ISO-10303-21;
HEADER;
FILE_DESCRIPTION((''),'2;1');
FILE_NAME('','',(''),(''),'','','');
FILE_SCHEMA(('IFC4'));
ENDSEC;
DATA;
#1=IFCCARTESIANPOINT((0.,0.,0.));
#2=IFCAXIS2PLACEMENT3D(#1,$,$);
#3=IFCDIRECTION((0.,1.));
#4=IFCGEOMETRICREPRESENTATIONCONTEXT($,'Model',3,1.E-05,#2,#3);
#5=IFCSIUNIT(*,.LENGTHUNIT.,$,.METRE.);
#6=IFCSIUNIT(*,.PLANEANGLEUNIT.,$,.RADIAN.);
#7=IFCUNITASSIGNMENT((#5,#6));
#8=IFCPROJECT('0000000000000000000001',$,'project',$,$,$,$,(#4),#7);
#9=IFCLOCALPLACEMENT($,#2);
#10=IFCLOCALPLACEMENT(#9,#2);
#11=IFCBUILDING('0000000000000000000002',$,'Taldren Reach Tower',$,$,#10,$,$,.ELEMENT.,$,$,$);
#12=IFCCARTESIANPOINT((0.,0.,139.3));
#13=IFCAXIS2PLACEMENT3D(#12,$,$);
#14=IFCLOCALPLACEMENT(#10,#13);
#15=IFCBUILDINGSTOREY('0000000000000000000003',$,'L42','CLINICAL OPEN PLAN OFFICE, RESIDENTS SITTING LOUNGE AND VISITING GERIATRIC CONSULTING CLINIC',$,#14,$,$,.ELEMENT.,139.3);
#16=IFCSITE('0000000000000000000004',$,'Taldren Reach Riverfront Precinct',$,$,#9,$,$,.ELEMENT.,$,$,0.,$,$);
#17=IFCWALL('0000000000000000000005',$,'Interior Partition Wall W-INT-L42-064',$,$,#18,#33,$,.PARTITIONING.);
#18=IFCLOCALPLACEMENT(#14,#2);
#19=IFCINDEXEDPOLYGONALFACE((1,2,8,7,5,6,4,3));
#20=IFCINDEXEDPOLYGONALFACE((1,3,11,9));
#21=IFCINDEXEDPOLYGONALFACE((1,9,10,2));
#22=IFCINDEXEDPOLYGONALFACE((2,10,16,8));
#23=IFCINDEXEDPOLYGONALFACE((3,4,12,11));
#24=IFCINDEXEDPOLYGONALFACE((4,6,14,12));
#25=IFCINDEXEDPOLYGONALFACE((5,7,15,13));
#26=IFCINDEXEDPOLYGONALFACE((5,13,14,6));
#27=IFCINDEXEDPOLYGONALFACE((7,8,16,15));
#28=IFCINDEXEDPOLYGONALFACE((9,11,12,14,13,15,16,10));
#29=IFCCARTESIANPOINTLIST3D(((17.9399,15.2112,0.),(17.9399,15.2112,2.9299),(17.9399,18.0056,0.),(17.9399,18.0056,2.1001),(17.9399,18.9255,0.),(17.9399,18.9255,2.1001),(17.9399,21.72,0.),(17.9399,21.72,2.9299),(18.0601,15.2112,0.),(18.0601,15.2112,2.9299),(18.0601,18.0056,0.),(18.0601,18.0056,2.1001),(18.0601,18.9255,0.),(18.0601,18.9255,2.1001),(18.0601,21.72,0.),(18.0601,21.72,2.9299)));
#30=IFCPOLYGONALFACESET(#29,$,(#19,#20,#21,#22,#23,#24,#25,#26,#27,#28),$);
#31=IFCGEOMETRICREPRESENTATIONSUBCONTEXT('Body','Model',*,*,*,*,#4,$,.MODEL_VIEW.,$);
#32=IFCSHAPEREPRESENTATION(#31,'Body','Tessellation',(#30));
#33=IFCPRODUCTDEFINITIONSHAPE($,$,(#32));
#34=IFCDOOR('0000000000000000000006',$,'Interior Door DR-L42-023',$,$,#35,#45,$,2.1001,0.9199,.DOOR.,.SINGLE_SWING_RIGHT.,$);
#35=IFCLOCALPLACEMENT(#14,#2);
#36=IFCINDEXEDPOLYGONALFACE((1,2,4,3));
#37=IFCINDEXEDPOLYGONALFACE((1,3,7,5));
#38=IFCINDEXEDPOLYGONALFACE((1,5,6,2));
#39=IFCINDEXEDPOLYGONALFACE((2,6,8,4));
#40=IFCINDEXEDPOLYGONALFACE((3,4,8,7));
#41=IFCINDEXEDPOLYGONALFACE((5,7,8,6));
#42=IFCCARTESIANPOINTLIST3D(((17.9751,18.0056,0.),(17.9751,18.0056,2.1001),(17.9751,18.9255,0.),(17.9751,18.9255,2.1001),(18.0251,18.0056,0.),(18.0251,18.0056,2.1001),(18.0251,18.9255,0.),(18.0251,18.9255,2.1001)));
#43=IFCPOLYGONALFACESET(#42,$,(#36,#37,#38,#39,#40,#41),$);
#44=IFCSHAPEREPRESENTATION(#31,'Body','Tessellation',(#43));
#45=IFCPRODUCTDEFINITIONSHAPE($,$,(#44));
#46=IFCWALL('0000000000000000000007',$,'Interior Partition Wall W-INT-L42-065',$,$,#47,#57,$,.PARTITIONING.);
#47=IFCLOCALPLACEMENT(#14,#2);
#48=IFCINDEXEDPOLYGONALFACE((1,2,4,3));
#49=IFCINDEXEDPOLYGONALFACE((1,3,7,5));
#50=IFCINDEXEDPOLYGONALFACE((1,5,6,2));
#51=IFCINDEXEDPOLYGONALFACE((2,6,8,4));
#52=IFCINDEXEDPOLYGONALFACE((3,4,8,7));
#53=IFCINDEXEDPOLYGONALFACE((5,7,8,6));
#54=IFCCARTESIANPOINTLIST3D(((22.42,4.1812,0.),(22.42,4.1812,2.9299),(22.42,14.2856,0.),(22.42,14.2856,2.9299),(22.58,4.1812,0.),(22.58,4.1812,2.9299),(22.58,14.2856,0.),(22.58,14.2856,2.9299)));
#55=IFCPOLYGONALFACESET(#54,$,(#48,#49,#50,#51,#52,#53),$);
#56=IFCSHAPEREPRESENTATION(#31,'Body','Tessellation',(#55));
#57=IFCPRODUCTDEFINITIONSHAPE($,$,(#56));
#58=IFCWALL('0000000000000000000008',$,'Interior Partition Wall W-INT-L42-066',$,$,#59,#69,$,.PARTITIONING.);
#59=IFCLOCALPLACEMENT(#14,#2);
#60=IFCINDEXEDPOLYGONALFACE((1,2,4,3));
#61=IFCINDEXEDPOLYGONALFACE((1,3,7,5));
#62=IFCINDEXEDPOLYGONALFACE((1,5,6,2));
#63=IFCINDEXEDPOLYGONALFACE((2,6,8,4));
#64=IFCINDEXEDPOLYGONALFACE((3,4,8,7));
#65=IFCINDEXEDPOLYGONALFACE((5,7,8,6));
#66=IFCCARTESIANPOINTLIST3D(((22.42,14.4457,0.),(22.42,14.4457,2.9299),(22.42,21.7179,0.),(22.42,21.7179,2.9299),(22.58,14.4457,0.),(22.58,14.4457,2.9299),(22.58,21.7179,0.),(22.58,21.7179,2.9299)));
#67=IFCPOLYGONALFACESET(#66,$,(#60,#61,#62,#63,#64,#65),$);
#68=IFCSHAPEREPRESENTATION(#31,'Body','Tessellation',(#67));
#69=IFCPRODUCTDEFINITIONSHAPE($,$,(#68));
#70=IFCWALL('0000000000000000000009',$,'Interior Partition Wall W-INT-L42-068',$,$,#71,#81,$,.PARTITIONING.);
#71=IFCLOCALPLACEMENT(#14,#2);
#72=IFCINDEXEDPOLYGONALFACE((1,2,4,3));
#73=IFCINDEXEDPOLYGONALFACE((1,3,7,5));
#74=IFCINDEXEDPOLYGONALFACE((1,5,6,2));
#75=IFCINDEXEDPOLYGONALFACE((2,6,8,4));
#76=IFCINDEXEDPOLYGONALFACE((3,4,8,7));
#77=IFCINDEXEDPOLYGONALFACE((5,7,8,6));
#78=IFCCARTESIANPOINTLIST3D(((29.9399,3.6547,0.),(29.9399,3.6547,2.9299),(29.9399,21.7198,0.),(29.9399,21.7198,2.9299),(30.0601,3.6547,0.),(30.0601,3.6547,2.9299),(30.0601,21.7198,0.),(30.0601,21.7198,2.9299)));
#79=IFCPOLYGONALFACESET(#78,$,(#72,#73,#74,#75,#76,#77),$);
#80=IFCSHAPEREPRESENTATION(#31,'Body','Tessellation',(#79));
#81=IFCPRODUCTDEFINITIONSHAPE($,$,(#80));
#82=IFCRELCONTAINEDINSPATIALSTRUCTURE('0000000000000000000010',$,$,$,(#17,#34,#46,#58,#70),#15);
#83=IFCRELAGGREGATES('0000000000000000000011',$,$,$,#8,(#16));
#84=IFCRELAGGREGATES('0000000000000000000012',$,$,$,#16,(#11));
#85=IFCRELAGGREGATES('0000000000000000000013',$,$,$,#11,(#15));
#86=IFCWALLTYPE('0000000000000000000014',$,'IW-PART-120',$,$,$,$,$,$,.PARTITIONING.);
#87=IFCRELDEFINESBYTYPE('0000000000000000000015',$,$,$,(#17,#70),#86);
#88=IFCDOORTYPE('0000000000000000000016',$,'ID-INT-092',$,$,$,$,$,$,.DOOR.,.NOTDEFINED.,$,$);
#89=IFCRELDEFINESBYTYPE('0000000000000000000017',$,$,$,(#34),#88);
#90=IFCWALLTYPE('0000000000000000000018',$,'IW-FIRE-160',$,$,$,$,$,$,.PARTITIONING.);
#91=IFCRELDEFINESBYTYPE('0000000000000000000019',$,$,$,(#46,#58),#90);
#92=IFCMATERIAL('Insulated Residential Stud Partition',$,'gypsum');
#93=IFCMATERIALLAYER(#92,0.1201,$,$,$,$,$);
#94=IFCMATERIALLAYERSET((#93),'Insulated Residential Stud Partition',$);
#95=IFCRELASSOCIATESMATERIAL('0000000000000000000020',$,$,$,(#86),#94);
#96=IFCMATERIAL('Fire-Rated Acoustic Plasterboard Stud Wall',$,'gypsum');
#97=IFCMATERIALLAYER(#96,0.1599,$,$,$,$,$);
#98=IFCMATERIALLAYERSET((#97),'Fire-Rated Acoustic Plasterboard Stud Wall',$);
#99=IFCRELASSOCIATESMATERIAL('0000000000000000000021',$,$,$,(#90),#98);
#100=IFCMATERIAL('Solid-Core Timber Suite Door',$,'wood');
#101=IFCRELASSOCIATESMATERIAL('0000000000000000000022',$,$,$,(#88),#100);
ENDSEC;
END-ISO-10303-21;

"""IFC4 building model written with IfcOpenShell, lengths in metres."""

from ifc_helpers import new_model, si_unit, direction, frame, frame_2d, origin, place, context, subcontext, project, spatial, rectangle, extrude, source, transform, mapped, material, layer, layer_set, type_object, element, fill, save


model = new_model("IFC4")

# Units and contexts
model_context = context("Model", 3, precision=1e-05, world=origin(), true_north=direction((0.0, 1.0)))
body_context = subcontext(model_context, "Body", "Model", "MODEL_VIEW")
ifc_project = project(units=[si_unit("LENGTHUNIT", "METRE"), si_unit("PLANEANGLEUNIT", "RADIAN")], contexts=[model_context])

# Site, building, storey
site_placement = place(None, origin())
site = spatial("IfcSite", under=ifc_project, at=site_placement, Name="Taldren Reach Riverfront Precinct", CompositionType="ELEMENT", RefElevation=0.0)
building_placement = place(site_placement, origin())
building = spatial("IfcBuilding", under=site, at=building_placement, Name="Taldren Reach Tower", CompositionType="ELEMENT")
storey_placement = place(building_placement, frame((0.0, 0.0, 139.3)))
storey = spatial("IfcBuildingStorey", under=building, at=storey_placement, Name="L42", Description="CLINICAL OPEN PLAN OFFICE, RESIDENTS SITTING LOUNGE AND VISITING GERIATRIC CONSULTING CLINIC", CompositionType="ELEMENT", Elevation=139.3)

# Shared definitions
ifc_material_1 = material(Name="Insulated Residential Stud Partition", Category="gypsum")
ifc_layer_1 = layer(ifc_material_1, 0.1201)
ifc_layer_set_1 = layer_set([ifc_layer_1], Name="Insulated Residential Stud Partition")
wall_type_1 = type_object("IfcWallType", Name="IW-PART-120", PredefinedType="PARTITIONING", material=ifc_layer_set_1)

# Shared definitions
ifc_material_2 = material(Name="Fire-Rated Acoustic Plasterboard Stud Wall", Category="gypsum")
ifc_layer_2 = layer(ifc_material_2, 0.1599)
ifc_layer_set_2 = layer_set([ifc_layer_2], Name="Fire-Rated Acoustic Plasterboard Stud Wall")
wall_type_2 = type_object("IfcWallType", Name="IW-FIRE-160", PredefinedType="PARTITIONING", material=ifc_layer_set_2)
ifc_material_3 = material(Name="Solid-Core Timber Suite Door", Category="wood")
door_type_1 = type_object("IfcDoorType", Name="ID-INT-092", OperationType="NOTDEFINED", PredefinedType="DOOR", material=ifc_material_3)
shared_shape_1 = source(origin(), body_context, "Body", "SweptSolid", [
    extrude(rectangle(XDim=0.9199, YDim=2.1001, at=frame_2d((0.46, 1.05))), frame((0.0, 0.0249, 0.0), z_axis=(0.0, -1.0, 0.0), x_axis=(1.0, 0.0, 0.0)), (0.0, 0.0, 1.0), 0.05),
])

# Shared definitions
shared_shape_2 = source(origin(), body_context, "Body", "SweptSolid", [
    extrude(rectangle(XDim=0.9199, YDim=2.1001, at=frame_2d((0.46, 1.05))), frame((0.0, 0.0701, 0.0), z_axis=(0.0, -1.0, 0.0), x_axis=(1.0, 0.0, 0.0)), (0.0, 0.0, 1.0), 0.1401),
])

# Wall, opening, door
shared_shape_3 = source(origin(), body_context, "Body", "SweptSolid", [
    extrude(rectangle(XDim=6.5088, YDim=0.1201, at=frame_2d((3.2544, 0.0))), origin(), (0.0, 0.0, 1.0), 2.9299),
])
wall_1_placement = place(storey_placement, frame((18.0, 15.2112, 0.0), z_axis=(0.0, 0.0, 1.0), x_axis=(0.0, 1.0, 0.0)))
wall_1 = element("IfcWall", 1, at=wall_1_placement, inside=storey, type_object=wall_type_1, Name="Interior Partition Wall W-INT-L42-064", PredefinedType="PARTITIONING", context=body_context, shape_type="MappedRepresentation", body=[
    mapped(shared_shape_3, transform((0.0, 0.0, 0.0), scale=1.0)),
])
opening_1_placement = place(wall_1_placement, frame((2.7944, 0.0, 0.0)))
opening_1 = element("IfcOpeningElement", 2, at=opening_1_placement, cuts=wall_1, PredefinedType="OPENING", context=body_context, shape_type="MappedRepresentation", body=[
    mapped(shared_shape_2, transform((0.0, 0.0, 0.0), scale=1.0)),
])
door_1_placement = place(opening_1_placement, origin())
door_1 = element("IfcDoor", 3, at=door_1_placement, inside=storey, type_object=door_type_1, Name="Interior Door DR-L42-023", OperationType="SINGLE_SWING_RIGHT", OverallHeight=2.1001, OverallWidth=0.9199, PredefinedType="DOOR", context=body_context, shape_type="MappedRepresentation", body=[
    mapped(shared_shape_1, transform((0.0, 0.0, 0.0), scale=1.0)),
])
fill(opening_1, door_1)

# Walls
shared_shape_4 = source(origin(), body_context, "Body", "SweptSolid", [
    extrude(rectangle(XDim=10.1045, YDim=0.1599, at=frame_2d((5.0522, 0.0))), origin(), (0.0, 0.0, 1.0), 2.9299),
])
wall_2_placement = place(storey_placement, frame((22.5, 14.2856, 0.0), z_axis=(0.0, 0.0, 1.0), x_axis=(0.0, -1.0, 0.0)))
element("IfcWall", 4, at=wall_2_placement, inside=storey, type_object=wall_type_2, Name="Interior Partition Wall W-INT-L42-065", PredefinedType="PARTITIONING", context=body_context, shape_type="MappedRepresentation", body=[
    mapped(shared_shape_4, transform((0.0, 0.0, 0.0), scale=1.0)),
])
shared_shape_5 = source(origin(), body_context, "Body", "SweptSolid", [
    extrude(rectangle(XDim=7.2722, YDim=0.1599, at=frame_2d((3.6362, 0.0))), origin(), (0.0, 0.0, 1.0), 2.9299),
])
wall_3_placement = place(storey_placement, frame((22.5, 21.718, 0.0), z_axis=(0.0, 0.0, 1.0), x_axis=(0.0, -1.0, 0.0)))
element("IfcWall", 5, at=wall_3_placement, inside=storey, type_object=wall_type_2, Name="Interior Partition Wall W-INT-L42-066", PredefinedType="PARTITIONING", context=body_context, shape_type="MappedRepresentation", body=[
    mapped(shared_shape_5, transform((0.0, 0.0, 0.0), scale=1.0)),
])
shared_shape_6 = source(origin(), body_context, "Body", "SweptSolid", [
    extrude(rectangle(XDim=18.0652, YDim=0.1201, at=frame_2d((9.0327, 0.0))), origin(), (0.0, 0.0, 1.0), 2.9299),
])
wall_4_placement = place(storey_placement, frame((30.0, 21.72, 0.0), z_axis=(0.0, 0.0, 1.0), x_axis=(0.0, -1.0, 0.0)))
element("IfcWall", 6, at=wall_4_placement, inside=storey, type_object=wall_type_1, Name="Interior Partition Wall W-INT-L42-068", PredefinedType="PARTITIONING", context=body_context, shape_type="MappedRepresentation", body=[
    mapped(shared_shape_6, transform((0.0, 0.0, 0.0), scale=1.0)),
])

save(model, "model.ifc")
